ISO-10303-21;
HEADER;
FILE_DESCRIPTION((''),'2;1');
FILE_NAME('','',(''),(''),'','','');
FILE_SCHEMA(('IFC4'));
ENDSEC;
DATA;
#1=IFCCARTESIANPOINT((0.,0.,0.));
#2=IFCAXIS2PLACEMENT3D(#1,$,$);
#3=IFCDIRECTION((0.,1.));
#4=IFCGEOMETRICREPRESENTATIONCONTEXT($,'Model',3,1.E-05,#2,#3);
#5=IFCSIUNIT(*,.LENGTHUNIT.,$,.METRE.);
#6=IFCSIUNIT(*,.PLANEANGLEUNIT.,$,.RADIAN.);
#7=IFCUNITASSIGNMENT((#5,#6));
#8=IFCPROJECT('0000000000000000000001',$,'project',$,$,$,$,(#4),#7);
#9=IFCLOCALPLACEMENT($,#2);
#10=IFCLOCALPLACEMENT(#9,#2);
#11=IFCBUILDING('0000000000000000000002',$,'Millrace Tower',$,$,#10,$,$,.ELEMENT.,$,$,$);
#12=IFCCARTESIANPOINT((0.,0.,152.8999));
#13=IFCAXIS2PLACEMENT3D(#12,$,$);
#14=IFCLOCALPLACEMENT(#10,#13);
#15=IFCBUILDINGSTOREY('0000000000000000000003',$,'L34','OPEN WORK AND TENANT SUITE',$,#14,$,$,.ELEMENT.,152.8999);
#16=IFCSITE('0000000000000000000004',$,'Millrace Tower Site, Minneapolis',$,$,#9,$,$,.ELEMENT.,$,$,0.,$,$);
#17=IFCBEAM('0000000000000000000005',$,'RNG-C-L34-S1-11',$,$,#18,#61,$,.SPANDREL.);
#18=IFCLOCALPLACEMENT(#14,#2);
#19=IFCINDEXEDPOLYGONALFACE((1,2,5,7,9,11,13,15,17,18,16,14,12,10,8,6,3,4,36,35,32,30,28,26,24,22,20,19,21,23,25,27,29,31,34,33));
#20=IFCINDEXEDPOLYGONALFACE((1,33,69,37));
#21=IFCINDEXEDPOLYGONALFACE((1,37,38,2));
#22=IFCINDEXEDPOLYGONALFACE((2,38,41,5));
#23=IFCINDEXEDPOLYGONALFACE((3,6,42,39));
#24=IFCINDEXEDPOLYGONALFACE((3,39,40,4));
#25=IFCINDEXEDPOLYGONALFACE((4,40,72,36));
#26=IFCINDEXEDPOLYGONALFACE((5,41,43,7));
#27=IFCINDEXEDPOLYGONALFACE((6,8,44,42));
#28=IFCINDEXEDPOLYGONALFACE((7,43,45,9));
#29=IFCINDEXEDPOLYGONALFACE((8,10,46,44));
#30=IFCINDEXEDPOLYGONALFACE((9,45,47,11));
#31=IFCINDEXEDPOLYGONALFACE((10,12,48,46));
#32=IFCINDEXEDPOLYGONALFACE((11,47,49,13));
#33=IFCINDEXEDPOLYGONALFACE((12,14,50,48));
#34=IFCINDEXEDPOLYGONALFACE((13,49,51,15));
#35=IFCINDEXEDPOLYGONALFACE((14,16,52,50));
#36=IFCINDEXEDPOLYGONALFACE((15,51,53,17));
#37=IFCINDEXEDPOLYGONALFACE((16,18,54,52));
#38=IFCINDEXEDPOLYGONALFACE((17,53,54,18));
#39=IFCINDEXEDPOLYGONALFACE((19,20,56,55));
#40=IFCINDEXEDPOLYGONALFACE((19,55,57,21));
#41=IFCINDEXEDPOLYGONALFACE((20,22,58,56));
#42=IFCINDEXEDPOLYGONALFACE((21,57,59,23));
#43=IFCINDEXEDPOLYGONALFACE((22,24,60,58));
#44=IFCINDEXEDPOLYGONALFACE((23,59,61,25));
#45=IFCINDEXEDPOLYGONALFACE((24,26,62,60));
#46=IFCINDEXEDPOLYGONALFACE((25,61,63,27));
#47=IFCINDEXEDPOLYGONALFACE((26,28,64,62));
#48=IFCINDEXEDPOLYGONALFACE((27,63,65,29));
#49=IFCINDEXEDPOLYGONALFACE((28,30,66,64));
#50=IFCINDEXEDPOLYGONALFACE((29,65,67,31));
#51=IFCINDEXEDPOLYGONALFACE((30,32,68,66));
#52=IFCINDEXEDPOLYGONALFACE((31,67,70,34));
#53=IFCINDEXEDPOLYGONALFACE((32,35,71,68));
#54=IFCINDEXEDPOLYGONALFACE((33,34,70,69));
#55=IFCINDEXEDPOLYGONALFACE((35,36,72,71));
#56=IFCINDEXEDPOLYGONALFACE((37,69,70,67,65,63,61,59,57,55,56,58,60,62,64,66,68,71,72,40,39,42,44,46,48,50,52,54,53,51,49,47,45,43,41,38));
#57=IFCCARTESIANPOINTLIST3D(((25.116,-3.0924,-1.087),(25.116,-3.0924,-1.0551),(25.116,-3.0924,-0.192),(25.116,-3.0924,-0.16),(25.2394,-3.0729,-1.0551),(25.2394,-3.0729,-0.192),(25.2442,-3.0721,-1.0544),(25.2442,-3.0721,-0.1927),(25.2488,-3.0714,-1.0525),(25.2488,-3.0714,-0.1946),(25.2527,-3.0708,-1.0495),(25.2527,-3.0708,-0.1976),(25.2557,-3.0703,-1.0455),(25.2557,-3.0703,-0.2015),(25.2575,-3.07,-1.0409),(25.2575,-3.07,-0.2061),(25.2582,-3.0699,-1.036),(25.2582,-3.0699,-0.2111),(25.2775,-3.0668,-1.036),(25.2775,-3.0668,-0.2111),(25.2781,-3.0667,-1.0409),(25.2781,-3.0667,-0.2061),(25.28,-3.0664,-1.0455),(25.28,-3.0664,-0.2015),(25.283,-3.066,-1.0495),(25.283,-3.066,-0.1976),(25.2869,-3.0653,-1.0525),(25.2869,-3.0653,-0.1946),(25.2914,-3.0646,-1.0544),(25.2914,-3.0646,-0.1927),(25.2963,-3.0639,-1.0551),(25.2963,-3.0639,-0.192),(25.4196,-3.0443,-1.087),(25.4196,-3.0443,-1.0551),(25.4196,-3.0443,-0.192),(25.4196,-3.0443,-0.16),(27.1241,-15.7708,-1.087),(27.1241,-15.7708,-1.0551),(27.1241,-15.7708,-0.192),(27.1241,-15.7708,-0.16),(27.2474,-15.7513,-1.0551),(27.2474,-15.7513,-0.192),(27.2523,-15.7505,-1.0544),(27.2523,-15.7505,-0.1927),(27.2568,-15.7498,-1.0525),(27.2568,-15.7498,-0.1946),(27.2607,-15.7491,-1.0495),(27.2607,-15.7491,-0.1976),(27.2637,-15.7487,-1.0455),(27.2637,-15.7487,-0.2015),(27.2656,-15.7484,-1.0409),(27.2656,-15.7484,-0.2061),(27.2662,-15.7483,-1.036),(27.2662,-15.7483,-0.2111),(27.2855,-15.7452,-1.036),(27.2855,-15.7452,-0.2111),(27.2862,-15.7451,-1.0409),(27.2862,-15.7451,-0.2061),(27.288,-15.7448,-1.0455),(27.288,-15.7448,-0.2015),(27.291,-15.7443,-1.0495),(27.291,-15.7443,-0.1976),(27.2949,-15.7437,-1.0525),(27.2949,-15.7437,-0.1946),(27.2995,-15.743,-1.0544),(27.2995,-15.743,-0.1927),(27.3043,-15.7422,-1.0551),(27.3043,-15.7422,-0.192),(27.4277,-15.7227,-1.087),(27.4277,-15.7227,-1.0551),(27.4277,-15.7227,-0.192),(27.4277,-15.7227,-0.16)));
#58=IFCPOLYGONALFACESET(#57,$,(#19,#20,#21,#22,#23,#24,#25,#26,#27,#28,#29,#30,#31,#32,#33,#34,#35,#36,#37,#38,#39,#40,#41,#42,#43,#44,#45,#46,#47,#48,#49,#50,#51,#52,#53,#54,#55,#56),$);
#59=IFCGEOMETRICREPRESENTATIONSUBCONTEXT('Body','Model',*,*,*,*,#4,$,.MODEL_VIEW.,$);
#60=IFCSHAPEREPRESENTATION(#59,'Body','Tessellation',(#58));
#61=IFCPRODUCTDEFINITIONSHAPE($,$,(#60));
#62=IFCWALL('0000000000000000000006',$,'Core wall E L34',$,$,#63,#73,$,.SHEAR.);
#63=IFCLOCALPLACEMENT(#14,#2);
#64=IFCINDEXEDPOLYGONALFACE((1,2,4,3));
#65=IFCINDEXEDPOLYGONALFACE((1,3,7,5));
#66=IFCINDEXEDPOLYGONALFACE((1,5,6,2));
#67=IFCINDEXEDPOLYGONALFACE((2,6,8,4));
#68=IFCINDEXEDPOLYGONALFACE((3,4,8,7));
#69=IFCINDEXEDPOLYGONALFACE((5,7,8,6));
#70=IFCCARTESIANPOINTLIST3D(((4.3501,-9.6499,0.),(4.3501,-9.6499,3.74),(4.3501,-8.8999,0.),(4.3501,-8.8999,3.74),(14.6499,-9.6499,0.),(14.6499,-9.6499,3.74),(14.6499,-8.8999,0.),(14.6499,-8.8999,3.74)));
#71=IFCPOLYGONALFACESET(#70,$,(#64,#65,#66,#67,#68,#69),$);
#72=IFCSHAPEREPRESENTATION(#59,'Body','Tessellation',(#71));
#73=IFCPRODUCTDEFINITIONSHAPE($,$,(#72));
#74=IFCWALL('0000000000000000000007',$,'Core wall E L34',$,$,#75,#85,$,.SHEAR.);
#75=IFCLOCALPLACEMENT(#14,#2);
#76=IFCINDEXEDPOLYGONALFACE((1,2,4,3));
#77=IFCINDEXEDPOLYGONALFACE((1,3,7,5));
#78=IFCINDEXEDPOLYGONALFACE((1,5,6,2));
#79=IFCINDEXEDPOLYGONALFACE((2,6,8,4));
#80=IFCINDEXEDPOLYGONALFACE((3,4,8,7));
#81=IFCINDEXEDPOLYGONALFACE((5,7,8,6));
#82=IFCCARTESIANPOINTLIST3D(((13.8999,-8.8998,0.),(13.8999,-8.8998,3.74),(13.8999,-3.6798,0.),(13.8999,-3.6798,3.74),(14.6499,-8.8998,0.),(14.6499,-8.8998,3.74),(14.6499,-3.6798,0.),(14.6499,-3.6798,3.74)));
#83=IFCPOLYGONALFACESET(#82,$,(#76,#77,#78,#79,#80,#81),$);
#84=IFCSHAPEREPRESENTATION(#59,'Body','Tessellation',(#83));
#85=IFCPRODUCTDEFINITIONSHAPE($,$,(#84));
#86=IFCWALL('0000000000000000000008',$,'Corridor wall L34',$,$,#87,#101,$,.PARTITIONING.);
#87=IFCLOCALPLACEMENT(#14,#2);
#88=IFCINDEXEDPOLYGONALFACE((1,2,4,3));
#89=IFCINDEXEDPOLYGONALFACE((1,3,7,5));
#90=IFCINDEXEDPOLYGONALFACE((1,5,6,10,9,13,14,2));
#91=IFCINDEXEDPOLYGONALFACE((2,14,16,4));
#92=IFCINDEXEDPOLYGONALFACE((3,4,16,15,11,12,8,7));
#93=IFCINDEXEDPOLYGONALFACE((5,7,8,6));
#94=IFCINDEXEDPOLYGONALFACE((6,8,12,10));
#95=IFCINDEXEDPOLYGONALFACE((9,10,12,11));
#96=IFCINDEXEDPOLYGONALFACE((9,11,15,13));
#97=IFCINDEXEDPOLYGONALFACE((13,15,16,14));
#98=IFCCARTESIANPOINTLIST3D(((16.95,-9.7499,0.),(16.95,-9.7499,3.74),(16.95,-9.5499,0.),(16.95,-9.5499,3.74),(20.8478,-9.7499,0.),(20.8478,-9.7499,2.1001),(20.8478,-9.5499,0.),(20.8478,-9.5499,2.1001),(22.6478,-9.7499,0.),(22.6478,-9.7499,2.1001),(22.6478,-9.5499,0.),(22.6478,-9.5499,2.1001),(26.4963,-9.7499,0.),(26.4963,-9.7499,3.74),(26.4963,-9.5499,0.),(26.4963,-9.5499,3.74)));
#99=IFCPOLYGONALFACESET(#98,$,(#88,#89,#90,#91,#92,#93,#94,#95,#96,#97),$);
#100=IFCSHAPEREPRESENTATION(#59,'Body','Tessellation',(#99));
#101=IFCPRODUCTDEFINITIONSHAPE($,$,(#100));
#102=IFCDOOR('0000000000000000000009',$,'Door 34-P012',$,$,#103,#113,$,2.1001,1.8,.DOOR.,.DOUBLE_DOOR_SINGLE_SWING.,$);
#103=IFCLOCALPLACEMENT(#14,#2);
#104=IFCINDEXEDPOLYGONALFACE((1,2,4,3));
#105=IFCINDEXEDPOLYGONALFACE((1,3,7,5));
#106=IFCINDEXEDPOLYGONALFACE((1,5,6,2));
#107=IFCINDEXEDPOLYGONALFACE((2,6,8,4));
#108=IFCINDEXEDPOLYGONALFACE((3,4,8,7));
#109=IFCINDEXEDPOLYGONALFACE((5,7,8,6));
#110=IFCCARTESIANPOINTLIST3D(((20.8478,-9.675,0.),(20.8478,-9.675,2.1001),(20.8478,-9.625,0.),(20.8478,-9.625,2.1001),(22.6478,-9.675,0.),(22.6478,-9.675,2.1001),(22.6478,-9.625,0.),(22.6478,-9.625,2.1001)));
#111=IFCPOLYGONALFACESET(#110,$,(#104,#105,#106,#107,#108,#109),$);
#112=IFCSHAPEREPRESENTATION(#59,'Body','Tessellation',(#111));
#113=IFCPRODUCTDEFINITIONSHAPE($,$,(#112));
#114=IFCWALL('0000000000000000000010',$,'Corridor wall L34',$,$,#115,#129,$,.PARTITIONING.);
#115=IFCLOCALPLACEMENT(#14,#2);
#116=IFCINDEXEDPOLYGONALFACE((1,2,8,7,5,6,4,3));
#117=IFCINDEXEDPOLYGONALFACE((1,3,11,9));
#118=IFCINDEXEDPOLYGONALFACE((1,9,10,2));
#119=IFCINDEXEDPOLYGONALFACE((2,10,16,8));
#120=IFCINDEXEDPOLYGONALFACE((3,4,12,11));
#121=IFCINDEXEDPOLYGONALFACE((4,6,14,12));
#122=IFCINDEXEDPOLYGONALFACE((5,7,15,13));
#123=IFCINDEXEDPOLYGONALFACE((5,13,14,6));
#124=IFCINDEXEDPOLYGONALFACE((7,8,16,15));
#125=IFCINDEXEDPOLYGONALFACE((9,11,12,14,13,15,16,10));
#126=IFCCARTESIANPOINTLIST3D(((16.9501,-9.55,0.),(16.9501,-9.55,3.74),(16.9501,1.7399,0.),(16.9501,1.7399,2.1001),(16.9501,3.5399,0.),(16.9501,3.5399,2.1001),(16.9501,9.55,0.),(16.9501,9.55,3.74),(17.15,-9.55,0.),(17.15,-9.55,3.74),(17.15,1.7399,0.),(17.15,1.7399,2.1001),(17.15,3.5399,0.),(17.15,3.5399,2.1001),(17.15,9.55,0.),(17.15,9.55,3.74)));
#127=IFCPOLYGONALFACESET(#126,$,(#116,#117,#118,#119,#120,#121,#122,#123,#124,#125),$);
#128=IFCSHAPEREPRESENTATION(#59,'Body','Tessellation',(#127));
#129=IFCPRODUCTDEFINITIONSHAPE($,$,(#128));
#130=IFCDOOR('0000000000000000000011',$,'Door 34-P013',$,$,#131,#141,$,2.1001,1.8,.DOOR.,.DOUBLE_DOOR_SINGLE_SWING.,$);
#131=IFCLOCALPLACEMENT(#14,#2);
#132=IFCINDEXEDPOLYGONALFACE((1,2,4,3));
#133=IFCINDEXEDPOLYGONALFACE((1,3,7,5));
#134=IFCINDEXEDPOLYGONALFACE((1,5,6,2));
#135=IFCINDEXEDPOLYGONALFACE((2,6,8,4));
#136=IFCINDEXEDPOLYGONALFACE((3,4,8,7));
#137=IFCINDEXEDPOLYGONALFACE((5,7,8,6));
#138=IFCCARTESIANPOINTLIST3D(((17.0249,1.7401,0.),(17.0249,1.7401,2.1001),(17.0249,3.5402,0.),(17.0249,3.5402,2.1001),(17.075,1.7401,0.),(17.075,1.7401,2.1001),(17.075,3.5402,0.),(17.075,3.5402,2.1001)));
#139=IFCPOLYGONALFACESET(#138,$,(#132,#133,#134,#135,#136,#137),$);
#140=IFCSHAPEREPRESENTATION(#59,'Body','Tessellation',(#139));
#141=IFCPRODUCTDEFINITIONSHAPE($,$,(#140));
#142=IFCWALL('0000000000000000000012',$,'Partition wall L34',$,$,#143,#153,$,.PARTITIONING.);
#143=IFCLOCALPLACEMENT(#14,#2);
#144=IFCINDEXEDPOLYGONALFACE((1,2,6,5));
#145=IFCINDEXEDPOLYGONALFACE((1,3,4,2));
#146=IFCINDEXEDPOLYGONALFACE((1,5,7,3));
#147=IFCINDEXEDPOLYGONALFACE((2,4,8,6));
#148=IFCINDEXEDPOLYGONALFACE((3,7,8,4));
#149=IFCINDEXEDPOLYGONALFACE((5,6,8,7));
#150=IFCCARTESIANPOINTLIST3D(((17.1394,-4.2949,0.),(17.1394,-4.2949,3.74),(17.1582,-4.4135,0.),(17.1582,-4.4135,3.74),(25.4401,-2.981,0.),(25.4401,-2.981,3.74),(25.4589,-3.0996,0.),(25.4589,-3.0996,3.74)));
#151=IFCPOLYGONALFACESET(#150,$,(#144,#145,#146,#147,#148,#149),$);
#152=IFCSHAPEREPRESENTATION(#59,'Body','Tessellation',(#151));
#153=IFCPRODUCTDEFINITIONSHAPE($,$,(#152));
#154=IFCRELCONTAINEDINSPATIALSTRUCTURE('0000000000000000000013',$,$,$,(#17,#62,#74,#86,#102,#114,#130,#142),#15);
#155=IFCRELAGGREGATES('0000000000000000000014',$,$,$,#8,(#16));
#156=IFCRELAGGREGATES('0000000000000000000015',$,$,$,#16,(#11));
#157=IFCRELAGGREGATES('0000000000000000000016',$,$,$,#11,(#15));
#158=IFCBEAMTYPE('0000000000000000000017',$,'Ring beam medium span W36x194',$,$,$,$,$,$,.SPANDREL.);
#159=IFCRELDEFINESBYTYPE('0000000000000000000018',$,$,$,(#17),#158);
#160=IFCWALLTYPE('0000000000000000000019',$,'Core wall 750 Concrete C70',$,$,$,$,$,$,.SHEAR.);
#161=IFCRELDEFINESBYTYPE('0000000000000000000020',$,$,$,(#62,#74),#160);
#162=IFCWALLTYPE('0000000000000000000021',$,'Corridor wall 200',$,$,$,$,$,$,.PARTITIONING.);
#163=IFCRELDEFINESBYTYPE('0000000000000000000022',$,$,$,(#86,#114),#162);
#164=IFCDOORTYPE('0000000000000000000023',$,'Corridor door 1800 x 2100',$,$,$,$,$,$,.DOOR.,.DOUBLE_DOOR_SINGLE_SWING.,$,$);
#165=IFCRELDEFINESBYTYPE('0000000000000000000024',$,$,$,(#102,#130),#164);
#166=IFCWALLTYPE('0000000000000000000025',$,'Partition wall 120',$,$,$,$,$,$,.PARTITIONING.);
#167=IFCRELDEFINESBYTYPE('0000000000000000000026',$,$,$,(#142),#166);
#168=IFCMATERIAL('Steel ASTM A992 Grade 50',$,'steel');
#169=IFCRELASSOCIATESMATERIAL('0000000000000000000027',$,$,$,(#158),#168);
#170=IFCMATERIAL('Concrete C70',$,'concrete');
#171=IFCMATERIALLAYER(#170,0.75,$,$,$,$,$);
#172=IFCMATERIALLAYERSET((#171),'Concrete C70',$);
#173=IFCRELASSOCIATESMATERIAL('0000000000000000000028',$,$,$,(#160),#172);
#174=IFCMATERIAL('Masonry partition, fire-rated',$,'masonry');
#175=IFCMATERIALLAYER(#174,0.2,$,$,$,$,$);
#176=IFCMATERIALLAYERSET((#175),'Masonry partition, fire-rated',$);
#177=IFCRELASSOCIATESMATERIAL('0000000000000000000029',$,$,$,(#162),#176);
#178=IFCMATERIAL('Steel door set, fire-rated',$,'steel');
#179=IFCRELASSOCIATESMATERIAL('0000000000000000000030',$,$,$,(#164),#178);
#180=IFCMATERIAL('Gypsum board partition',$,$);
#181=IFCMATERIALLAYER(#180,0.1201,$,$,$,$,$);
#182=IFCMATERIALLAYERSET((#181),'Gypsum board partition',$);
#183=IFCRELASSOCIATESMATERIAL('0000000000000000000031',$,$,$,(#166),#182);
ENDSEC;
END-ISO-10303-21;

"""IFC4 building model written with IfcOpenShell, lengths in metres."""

from ifc_helpers import new_model, si_unit, direction, frame, frame_2d, origin, origin_2d, place, context, subcontext, project, spatial, rectangle, i_section, extrude, material, layer, layer_set, material_profile, profile_set, type_object, element, fill, save


model = new_model("IFC4")

# Units and contexts
model_context = context("Model", 3, precision=1e-05, world=origin(), true_north=direction((0.0, 1.0)))
body_context = subcontext(model_context, "Body", "Model", "MODEL_VIEW")
ifc_project = project(units=[si_unit("LENGTHUNIT", "METRE"), si_unit("PLANEANGLEUNIT", "RADIAN")], contexts=[model_context])

# Site, building, storey
site_placement = place(None, origin())
site = spatial("IfcSite", under=ifc_project, at=site_placement, Name="Millrace Tower Site, Minneapolis", CompositionType="ELEMENT", RefElevation=0.0)
building_placement = place(site_placement, origin())
building = spatial("IfcBuilding", under=site, at=building_placement, Name="Millrace Tower", CompositionType="ELEMENT")
storey_placement = place(building_placement, frame((0.0, 0.0, 152.8999)))
storey = spatial("IfcBuildingStorey", under=building, at=storey_placement, Name="L34", Description="OPEN WORK AND TENANT SUITE", CompositionType="ELEMENT", Elevation=152.8999)

# Beam
ifc_material_1 = material(Name="Steel ASTM A992 Grade 50", Category="steel")
ifc_material_profile_1 = material_profile(ifc_material_1, i_section(OverallWidth=0.3074, OverallDepth=0.927, WebThickness=0.0195, FlangeThickness=0.032, FilletRadius=0.019, at=origin_2d()))
ifc_profile_set_1 = profile_set([ifc_material_profile_1], Name="Steel ASTM A992 Grade 50")
beam_type_1 = type_object("IfcBeamType", Name="Ring beam medium span W36x194", PredefinedType="SPANDREL", material=ifc_profile_set_1)
beam_1_placement = place(storey_placement, frame((25.2678, -3.0684, -0.6235), z_axis=(0.156433, -0.987689, 0.0), x_axis=(0.987689, 0.156433, 0.0)))
element("IfcBeam", 1, at=beam_1_placement, inside=storey, type_object=beam_type_1, Name="RNG-C-L34-S1-11", PredefinedType="SPANDREL", context=body_context, shape_type="SweptSolid", body=[
    extrude(i_section(OverallWidth=0.3074, OverallDepth=0.927, WebThickness=0.0195, FlangeThickness=0.032, FilletRadius=0.019, at=origin_2d()), origin(), (0.0, 0.0, 1.0), 12.8364),
])

# Walls
ifc_material_2 = material(Name="Concrete C70", Category="concrete")
ifc_layer_1 = layer(ifc_material_2, 0.75)
ifc_layer_set_1 = layer_set([ifc_layer_1], Name="Concrete C70")
wall_type_1 = type_object("IfcWallType", Name="Core wall 750 Concrete C70", PredefinedType="SHEAR", material=ifc_layer_set_1)
wall_1_placement = place(storey_placement, frame((14.6499, -9.2749, 0.0), z_axis=(0.0, 0.0, 1.0), x_axis=(-1.0, 0.0, 0.0)))
element("IfcWall", 2, at=wall_1_placement, inside=storey, type_object=wall_type_1, Name="Core wall E L34", PredefinedType="SHEAR", context=body_context, shape_type="SweptSolid", body=[
    extrude(rectangle(XDim=10.2998, YDim=0.75, at=frame_2d((5.1499, 0.0))), origin(), (0.0, 0.0, 1.0), 3.74),
])
wall_2_placement = place(storey_placement, frame((14.2749, -3.6799, 0.0), z_axis=(0.0, 0.0, 1.0), x_axis=(0.0, -1.0, 0.0)))
element("IfcWall", 3, at=wall_2_placement, inside=storey, type_object=wall_type_1, Name="Core wall E L34", PredefinedType="SHEAR", context=body_context, shape_type="SweptSolid", body=[
    extrude(rectangle(XDim=5.22, YDim=0.75, at=frame_2d((2.6099, 0.0))), origin(), (0.0, 0.0, 1.0), 3.74),
])

# Walls, openings, doors
ifc_material_3 = material(Name="Masonry partition, fire-rated", Category="masonry")
ifc_layer_2 = layer(ifc_material_3, 0.2)
ifc_layer_set_2 = layer_set([ifc_layer_2], Name="Masonry partition, fire-rated")
wall_type_2 = type_object("IfcWallType", Name="Corridor wall 200", PredefinedType="PARTITIONING", material=ifc_layer_set_2)
wall_3_placement = place(storey_placement, frame((16.95, -9.6499, 0.0), z_axis=(0.0, 0.0, 1.0), x_axis=(1.0, 0.0, 0.0)))
wall_3 = element("IfcWall", 4, at=wall_3_placement, inside=storey, type_object=wall_type_2, Name="Corridor wall L34", PredefinedType="PARTITIONING", context=body_context, shape_type="SweptSolid", body=[
    extrude(rectangle(XDim=9.5464, YDim=0.2, at=frame_2d((4.7732, 0.0))), origin(), (0.0, 0.0, 1.0), 3.74),
])
opening_1_placement = place(wall_3_placement, frame((3.8979, 0.0, 0.0)))
opening_1 = element("IfcOpeningElement", 5, at=opening_1_placement, cuts=wall_3, PredefinedType="OPENING", context=body_context, shape_type="SweptSolid", body=[
    extrude(rectangle(XDim=1.8, YDim=2.1001, at=frame_2d((0.8999, 1.05))), frame((0.0, 0.1099, 0.0), z_axis=(0.0, -1.0, 0.0), x_axis=(1.0, 0.0, 0.0)), (0.0, 0.0, 1.0), 0.22),
])
ifc_material_4 = material(Name="Steel door set, fire-rated", Category="steel")
door_type_1 = type_object("IfcDoorType", Name="Corridor door 1800 x 2100", OperationType="DOUBLE_DOOR_SINGLE_SWING", PredefinedType="DOOR", material=ifc_material_4)
door_1_placement = place(opening_1_placement, origin())
door_1 = element("IfcDoor", 6, at=door_1_placement, inside=storey, type_object=door_type_1, Name="Door 34-P012", OperationType="DOUBLE_DOOR_SINGLE_SWING", OverallHeight=2.1001, OverallWidth=1.8, PredefinedType="DOOR", context=body_context, shape_type="SweptSolid", body=[
    extrude(rectangle(XDim=1.8, YDim=2.1001, at=frame_2d((0.8999, 1.05))), frame((0.0, 0.0249, 0.0), z_axis=(0.0, -1.0, 0.0), x_axis=(1.0, 0.0, 0.0)), (0.0, 0.0, 1.0), 0.05),
])
fill(opening_1, door_1)
wall_4_placement = place(storey_placement, frame((17.05, -9.55, 0.0), z_axis=(0.0, 0.0, 1.0), x_axis=(0.0, 1.0, 0.0)))
wall_4 = element("IfcWall", 7, at=wall_4_placement, inside=storey, type_object=wall_type_2, Name="Corridor wall L34", PredefinedType="PARTITIONING", context=body_context, shape_type="SweptSolid", body=[
    extrude(rectangle(XDim=19.1001, YDim=0.2, at=frame_2d((9.55, 0.0))), origin(), (0.0, 0.0, 1.0), 3.74),
])
opening_2_placement = place(wall_4_placement, frame((11.29, 0.0, 0.0)))
opening_2 = element("IfcOpeningElement", 8, at=opening_2_placement, cuts=wall_4, PredefinedType="OPENING", context=body_context, shape_type="SweptSolid", body=[
    extrude(rectangle(XDim=1.8, YDim=2.1001, at=frame_2d((0.8999, 1.05))), frame((0.0, 0.1099, 0.0), z_axis=(0.0, -1.0, 0.0), x_axis=(1.0, 0.0, 0.0)), (0.0, 0.0, 1.0), 0.22),
])
door_2_placement = place(opening_2_placement, frame((1.8, 0.0, 0.0), z_axis=(0.0, 0.0, 1.0), x_axis=(-1.0, 0.0, 0.0)))
door_2 = element("IfcDoor", 9, at=door_2_placement, inside=storey, type_object=door_type_1, Name="Door 34-P013", OperationType="DOUBLE_DOOR_SINGLE_SWING", OverallHeight=2.1001, OverallWidth=1.8, PredefinedType="DOOR", context=body_context, shape_type="SweptSolid", body=[
    extrude(rectangle(XDim=1.8, YDim=2.1001, at=frame_2d((0.8999, 1.05))), frame((0.0, 0.0249, 0.0), z_axis=(0.0, -1.0, 0.0), x_axis=(1.0, 0.0, 0.0)), (0.0, 0.0, 1.0), 0.05),
])
fill(opening_2, door_2)

# Wall
ifc_material_5 = material(Name="Gypsum board partition")
ifc_layer_3 = layer(ifc_material_5, 0.1201)
ifc_layer_set_3 = layer_set([ifc_layer_3], Name="Gypsum board partition")
wall_type_3 = type_object("IfcWallType", Name="Partition wall 120", PredefinedType="PARTITIONING", material=ifc_layer_set_3)
wall_5_placement = place(storey_placement, frame((17.1487, -4.3542, 0.0), z_axis=(0.0, 0.0, 1.0), x_axis=(0.987702, 0.156347, 0.0)))
element("IfcWall", 10, at=wall_5_placement, inside=storey, type_object=wall_type_3, Name="Partition wall L34", PredefinedType="PARTITIONING", context=body_context, shape_type="SweptSolid", body=[
    extrude(rectangle(XDim=8.4041, YDim=0.1201, at=frame_2d((4.2021, 0.0))), origin(), (0.0, 0.0, 1.0), 3.74),
])

save(model, "model.ifc")
